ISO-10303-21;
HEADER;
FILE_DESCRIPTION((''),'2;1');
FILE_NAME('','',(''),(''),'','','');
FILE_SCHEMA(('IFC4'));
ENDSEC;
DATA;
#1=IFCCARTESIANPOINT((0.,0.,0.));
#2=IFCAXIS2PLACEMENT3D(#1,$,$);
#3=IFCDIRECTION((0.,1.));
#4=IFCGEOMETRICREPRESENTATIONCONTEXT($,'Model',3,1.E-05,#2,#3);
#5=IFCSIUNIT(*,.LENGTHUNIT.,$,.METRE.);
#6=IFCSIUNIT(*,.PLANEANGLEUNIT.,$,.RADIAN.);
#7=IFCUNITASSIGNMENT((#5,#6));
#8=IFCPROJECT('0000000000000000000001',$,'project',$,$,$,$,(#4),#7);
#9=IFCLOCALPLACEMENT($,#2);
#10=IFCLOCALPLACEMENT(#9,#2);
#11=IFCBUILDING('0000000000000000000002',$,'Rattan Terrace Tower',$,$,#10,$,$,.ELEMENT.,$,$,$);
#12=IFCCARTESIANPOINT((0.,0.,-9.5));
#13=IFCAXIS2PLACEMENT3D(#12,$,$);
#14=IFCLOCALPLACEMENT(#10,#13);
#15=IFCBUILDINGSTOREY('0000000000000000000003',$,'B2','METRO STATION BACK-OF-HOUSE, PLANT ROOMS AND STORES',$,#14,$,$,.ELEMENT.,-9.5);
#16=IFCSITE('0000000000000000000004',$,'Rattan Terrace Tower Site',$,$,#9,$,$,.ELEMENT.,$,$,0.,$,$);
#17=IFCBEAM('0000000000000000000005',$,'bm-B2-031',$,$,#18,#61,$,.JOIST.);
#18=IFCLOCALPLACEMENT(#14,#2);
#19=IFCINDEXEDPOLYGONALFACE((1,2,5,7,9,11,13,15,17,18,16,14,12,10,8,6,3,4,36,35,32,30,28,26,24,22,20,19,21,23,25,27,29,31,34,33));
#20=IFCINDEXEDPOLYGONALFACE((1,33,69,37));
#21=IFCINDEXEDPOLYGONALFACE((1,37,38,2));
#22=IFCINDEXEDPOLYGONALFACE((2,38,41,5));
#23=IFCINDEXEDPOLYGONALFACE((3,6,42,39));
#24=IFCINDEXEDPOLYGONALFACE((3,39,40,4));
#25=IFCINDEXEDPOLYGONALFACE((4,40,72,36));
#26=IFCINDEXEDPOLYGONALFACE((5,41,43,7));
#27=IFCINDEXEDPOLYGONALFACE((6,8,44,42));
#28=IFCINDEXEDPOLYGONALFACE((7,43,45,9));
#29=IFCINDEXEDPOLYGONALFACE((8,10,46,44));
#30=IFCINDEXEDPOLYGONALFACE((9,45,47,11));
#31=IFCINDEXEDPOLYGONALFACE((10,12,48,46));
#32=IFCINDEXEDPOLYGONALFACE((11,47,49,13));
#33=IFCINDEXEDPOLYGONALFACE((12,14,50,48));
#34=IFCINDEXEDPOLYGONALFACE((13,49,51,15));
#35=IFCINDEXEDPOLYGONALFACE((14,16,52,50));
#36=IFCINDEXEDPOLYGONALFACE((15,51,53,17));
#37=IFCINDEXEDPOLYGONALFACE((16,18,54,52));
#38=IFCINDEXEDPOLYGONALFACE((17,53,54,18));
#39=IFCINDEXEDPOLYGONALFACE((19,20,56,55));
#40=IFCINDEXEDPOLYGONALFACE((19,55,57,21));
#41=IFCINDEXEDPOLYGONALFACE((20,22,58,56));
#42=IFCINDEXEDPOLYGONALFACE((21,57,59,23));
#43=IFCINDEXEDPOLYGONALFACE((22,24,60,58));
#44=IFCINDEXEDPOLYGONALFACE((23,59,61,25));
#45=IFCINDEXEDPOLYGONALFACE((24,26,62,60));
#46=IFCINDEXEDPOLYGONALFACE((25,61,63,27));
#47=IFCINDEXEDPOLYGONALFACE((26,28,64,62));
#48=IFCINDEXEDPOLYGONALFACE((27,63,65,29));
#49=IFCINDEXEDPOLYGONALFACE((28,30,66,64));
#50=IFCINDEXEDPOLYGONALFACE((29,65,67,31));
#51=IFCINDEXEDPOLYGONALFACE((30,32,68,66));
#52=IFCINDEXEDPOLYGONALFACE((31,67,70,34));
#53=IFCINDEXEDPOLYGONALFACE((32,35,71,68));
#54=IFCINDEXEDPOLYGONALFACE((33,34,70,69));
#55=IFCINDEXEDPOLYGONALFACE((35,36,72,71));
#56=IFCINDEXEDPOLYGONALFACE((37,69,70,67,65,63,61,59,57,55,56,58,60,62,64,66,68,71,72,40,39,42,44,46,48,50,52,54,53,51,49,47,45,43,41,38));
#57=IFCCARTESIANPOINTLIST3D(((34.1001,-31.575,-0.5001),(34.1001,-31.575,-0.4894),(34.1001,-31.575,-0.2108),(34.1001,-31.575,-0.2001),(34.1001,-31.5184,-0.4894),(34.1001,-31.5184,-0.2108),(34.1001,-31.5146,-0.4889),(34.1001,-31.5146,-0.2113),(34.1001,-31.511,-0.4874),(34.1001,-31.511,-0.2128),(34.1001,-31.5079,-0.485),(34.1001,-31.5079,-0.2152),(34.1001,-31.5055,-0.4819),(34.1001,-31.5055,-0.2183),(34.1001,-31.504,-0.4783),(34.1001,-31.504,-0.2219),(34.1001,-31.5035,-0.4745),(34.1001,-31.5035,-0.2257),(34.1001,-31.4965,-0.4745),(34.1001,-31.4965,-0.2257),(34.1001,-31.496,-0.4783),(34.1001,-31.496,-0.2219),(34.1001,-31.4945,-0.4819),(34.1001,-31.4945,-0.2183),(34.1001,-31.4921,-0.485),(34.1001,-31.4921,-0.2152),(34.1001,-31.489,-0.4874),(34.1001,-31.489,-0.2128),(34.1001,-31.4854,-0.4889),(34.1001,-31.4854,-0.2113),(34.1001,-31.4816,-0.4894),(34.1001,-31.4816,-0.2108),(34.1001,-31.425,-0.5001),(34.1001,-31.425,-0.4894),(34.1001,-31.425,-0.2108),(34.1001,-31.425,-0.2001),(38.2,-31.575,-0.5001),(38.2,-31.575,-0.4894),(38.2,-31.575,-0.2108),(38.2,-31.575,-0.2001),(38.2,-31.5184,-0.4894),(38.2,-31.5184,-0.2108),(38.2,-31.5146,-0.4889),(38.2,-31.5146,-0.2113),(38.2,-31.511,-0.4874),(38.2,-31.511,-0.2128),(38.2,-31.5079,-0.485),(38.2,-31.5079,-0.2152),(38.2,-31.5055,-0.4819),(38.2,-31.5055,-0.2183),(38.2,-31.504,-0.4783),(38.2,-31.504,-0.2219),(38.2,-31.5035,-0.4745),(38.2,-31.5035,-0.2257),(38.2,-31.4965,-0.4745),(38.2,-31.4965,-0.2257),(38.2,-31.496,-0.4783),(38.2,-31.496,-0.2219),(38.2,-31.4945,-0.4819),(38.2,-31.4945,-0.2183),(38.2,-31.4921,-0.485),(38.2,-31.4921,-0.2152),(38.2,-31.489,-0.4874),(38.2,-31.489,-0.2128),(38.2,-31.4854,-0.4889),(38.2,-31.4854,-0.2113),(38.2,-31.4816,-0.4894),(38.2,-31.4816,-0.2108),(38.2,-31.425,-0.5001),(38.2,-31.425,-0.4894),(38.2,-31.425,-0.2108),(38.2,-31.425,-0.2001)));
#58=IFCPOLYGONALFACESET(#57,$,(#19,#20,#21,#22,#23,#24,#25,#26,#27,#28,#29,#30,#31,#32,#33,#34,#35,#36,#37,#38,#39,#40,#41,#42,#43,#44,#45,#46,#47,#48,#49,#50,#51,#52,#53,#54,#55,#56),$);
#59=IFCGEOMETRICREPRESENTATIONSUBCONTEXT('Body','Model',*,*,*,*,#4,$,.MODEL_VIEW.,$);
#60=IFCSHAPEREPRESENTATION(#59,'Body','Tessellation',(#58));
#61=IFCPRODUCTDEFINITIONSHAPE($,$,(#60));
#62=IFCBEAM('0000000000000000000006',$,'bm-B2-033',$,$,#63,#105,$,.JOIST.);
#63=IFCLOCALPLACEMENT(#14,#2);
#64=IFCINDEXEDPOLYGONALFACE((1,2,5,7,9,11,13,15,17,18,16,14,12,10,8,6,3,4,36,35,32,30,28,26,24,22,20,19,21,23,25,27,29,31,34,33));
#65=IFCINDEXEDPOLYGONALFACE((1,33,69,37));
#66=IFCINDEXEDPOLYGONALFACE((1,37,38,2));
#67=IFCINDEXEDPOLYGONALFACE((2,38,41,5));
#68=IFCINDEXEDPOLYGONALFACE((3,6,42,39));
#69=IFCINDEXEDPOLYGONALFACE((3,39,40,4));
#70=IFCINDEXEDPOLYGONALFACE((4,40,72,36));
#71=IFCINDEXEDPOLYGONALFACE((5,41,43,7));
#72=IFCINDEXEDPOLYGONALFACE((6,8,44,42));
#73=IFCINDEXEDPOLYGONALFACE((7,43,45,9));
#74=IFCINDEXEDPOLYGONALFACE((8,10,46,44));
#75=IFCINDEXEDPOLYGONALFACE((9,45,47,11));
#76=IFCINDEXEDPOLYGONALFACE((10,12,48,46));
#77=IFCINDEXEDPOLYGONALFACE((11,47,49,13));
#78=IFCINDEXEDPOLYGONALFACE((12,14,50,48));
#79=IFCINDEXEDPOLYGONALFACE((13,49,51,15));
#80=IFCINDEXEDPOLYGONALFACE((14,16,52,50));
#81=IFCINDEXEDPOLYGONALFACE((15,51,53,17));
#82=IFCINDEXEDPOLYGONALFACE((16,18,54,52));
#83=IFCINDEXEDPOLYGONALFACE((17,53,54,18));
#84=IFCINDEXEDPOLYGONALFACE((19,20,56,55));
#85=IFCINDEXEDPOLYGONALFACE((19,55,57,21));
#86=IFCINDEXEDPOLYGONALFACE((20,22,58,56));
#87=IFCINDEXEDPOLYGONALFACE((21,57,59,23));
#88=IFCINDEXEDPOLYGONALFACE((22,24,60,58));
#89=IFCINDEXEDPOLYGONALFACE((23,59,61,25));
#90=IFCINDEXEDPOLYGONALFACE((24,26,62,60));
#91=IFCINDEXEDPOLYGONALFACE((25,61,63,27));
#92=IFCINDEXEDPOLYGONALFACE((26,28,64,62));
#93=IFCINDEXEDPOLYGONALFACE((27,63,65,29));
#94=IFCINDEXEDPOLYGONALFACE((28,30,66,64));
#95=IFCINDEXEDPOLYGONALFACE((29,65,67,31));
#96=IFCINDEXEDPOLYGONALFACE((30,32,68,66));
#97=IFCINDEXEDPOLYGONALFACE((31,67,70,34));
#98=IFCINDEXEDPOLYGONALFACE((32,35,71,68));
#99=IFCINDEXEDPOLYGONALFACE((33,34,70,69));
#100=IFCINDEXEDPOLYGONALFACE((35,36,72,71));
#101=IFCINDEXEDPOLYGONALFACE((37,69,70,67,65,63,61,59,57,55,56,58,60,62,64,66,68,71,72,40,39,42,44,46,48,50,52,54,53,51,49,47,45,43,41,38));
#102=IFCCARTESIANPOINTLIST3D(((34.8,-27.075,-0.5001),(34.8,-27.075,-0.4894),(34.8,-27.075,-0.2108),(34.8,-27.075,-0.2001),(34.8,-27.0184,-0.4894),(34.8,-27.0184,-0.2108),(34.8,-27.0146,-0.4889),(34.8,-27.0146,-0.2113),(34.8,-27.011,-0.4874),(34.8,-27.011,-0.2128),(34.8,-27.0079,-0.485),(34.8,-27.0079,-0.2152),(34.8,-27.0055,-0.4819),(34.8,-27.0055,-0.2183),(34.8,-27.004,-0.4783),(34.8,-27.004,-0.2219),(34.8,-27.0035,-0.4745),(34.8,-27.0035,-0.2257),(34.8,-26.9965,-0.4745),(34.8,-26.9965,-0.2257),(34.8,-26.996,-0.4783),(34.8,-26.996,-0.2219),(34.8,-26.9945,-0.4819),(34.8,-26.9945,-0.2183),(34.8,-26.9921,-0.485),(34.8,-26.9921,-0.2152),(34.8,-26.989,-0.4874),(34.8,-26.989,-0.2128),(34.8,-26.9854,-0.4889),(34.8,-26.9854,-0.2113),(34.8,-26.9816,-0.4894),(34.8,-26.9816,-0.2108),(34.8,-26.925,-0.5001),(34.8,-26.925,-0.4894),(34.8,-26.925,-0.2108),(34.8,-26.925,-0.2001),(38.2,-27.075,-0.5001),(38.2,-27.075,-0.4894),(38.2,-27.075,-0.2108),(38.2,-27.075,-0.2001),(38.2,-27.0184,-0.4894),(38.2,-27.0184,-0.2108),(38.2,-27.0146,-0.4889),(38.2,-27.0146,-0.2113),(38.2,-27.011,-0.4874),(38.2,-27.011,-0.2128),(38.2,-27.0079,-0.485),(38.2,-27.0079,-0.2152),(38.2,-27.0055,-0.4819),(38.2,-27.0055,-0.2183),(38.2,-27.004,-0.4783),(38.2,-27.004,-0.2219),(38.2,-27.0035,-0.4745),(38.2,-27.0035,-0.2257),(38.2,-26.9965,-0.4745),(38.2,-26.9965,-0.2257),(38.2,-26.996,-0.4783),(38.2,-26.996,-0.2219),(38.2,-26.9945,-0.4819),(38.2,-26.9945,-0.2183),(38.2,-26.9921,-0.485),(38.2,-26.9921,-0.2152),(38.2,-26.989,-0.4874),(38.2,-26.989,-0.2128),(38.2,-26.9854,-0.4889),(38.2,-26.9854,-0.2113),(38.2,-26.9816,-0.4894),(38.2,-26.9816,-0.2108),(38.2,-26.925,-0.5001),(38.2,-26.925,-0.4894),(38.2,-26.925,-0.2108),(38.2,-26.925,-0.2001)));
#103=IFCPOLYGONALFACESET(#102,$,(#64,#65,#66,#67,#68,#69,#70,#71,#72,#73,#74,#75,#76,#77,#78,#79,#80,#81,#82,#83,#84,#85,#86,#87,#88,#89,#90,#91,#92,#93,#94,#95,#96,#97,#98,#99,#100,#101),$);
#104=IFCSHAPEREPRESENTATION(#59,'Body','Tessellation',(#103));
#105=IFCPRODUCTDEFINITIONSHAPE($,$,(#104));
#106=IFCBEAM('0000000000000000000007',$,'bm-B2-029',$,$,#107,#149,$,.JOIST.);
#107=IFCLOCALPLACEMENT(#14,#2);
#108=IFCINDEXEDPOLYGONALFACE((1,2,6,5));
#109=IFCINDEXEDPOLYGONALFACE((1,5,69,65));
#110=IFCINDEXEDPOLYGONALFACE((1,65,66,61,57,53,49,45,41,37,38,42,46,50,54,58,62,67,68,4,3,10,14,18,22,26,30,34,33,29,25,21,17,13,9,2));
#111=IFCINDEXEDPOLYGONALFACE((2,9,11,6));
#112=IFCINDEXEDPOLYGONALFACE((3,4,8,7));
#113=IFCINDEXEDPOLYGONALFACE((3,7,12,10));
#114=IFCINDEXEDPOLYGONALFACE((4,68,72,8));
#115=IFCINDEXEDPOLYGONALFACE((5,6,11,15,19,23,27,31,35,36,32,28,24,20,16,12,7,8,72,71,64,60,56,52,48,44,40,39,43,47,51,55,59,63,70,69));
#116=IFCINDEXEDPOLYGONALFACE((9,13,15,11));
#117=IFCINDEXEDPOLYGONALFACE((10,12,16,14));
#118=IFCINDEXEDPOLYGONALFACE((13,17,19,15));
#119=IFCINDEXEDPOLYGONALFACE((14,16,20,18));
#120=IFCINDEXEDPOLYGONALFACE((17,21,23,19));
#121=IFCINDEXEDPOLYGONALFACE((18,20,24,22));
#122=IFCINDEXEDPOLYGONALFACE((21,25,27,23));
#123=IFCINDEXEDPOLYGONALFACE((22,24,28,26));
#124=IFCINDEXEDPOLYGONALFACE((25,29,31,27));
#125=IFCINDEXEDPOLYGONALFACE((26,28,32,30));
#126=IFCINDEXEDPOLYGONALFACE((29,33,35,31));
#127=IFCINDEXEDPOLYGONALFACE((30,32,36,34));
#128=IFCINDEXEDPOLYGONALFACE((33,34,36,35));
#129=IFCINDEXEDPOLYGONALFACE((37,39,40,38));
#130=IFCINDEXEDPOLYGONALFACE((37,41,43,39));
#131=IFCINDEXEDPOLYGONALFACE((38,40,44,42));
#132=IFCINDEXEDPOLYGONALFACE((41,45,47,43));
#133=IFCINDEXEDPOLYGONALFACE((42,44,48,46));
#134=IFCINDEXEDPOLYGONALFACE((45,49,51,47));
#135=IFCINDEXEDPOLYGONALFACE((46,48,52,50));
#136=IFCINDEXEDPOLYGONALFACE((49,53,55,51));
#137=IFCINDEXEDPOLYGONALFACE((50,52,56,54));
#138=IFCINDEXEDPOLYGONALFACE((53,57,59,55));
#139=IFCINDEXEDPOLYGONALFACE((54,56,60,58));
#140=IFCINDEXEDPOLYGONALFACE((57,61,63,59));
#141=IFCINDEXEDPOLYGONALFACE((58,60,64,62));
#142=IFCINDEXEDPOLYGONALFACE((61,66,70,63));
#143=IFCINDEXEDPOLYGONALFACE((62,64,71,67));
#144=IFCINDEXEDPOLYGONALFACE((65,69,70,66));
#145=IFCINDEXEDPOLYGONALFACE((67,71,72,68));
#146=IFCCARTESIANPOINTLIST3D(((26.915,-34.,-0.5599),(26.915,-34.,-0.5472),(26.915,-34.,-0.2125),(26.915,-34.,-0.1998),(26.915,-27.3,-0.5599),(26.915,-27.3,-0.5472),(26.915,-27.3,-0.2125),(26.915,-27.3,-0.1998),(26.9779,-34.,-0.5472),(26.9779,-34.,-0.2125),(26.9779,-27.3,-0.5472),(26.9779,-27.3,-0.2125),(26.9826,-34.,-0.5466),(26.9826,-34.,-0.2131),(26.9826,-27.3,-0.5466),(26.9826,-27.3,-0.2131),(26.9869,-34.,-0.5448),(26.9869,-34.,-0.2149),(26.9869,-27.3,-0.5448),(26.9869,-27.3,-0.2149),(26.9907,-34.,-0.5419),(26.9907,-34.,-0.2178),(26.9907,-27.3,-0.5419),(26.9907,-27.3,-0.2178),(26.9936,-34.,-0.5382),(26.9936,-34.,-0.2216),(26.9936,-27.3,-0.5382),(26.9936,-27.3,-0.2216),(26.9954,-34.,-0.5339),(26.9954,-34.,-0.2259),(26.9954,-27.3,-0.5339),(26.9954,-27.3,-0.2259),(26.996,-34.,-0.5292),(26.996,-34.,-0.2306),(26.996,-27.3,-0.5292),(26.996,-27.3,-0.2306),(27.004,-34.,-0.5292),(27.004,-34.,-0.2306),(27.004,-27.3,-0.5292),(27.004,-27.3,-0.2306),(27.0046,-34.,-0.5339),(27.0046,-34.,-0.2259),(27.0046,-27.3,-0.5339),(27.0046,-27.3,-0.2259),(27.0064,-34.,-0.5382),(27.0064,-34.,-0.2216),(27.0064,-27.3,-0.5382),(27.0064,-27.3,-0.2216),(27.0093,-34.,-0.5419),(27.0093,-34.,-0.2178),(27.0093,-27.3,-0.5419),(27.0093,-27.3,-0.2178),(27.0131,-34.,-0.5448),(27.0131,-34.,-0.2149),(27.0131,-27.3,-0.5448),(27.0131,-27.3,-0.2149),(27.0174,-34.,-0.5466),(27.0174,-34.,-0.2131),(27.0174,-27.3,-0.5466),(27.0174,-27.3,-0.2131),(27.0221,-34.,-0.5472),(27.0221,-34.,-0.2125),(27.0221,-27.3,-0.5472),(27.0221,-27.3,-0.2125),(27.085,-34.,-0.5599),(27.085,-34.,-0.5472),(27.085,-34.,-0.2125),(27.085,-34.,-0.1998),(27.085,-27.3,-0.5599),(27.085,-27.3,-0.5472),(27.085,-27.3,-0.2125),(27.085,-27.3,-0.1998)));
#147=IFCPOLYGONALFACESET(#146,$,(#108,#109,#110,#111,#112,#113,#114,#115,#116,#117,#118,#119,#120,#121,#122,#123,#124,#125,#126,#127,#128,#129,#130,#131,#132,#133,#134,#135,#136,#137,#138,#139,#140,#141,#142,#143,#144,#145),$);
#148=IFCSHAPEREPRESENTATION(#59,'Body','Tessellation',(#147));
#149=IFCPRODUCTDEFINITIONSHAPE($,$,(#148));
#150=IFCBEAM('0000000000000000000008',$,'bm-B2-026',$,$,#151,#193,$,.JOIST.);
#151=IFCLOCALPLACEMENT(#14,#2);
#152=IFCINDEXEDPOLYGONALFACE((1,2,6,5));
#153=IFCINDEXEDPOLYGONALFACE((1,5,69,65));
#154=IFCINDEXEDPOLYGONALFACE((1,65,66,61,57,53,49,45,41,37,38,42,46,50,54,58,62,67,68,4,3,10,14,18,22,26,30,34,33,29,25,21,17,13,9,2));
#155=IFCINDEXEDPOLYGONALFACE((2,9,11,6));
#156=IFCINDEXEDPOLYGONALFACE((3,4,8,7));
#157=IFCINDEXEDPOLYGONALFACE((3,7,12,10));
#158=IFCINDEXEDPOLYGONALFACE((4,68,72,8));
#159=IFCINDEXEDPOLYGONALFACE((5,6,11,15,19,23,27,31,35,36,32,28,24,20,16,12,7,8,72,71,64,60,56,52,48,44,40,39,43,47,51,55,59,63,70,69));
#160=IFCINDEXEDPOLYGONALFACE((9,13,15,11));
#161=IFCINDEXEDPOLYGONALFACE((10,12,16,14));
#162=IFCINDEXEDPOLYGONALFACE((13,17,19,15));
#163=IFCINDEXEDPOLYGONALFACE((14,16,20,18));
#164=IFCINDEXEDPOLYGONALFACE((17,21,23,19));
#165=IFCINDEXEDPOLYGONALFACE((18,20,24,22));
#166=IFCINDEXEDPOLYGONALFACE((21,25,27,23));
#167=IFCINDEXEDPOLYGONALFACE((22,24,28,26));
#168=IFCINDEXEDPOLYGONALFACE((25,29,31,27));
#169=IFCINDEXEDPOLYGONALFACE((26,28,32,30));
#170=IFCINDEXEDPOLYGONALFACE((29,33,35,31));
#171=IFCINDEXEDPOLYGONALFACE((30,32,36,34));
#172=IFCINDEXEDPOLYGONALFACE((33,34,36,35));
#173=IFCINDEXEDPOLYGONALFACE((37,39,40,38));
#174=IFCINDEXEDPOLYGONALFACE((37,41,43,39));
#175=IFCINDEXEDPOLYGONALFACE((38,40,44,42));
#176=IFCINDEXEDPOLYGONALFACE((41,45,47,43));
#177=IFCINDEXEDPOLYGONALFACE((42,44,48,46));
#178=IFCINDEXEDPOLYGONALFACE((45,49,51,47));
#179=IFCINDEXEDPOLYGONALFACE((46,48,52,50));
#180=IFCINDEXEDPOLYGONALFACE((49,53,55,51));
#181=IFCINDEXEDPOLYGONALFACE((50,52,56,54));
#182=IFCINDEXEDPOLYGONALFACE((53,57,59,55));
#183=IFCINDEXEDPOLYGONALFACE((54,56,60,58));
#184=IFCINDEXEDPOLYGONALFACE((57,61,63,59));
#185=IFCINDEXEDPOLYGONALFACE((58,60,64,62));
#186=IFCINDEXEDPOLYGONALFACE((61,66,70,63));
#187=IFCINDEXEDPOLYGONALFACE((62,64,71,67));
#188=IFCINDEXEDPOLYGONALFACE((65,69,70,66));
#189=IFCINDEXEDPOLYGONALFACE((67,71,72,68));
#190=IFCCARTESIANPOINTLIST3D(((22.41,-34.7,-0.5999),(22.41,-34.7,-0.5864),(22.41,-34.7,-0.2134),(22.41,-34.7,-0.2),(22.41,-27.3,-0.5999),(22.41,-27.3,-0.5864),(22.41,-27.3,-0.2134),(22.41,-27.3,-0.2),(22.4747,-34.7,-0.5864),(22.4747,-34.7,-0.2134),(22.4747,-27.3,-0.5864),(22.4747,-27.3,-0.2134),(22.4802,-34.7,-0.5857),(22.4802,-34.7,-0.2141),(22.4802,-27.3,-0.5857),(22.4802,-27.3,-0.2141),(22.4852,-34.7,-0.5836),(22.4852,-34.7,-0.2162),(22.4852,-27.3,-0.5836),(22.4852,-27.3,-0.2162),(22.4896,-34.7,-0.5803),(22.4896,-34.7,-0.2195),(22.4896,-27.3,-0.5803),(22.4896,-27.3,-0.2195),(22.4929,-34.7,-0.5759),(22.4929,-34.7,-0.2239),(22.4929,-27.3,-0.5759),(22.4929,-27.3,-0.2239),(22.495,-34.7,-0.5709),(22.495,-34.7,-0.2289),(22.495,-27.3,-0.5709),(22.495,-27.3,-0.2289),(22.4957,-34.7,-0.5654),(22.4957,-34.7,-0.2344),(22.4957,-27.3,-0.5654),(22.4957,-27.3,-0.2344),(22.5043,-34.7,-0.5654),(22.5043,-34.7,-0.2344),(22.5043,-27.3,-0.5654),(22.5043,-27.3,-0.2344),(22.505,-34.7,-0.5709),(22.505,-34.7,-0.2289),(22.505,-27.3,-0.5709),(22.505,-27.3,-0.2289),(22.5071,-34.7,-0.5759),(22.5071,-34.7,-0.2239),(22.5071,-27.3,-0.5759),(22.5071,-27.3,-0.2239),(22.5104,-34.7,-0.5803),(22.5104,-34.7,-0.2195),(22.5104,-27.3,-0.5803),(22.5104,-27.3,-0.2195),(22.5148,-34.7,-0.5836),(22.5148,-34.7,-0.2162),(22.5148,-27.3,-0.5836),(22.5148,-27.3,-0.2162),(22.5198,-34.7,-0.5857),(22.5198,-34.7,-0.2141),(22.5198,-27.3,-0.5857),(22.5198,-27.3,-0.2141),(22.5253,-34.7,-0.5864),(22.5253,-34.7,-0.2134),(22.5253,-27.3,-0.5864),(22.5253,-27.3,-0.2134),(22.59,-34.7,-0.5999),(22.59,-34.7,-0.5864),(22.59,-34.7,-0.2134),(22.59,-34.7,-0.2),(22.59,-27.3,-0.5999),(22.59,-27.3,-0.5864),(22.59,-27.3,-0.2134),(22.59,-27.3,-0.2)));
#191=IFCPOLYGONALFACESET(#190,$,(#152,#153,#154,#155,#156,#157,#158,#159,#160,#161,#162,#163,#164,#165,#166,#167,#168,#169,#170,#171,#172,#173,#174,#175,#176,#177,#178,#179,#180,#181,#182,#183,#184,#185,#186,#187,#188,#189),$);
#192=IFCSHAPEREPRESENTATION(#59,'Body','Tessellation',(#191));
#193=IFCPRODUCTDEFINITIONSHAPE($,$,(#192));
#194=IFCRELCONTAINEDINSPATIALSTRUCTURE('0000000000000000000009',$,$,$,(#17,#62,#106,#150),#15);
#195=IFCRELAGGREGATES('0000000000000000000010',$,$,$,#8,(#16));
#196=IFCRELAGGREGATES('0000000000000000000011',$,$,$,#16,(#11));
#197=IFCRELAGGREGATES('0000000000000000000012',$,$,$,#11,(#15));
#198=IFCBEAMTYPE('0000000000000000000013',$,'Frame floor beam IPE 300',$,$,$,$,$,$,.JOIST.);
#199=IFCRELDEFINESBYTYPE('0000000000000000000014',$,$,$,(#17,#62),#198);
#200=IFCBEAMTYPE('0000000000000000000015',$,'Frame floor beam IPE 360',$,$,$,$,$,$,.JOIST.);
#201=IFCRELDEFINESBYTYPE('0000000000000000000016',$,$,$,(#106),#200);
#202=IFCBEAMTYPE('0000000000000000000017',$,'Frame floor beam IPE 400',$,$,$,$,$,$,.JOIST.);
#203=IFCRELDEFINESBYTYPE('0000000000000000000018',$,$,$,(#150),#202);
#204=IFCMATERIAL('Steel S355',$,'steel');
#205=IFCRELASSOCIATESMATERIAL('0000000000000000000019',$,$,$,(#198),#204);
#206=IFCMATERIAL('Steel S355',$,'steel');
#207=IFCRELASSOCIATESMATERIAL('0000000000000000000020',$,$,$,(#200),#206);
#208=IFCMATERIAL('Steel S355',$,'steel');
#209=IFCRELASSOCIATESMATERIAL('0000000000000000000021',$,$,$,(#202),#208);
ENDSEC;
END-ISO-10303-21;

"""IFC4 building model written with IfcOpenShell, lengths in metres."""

from ifc_helpers import new_model, si_unit, direction, frame, origin, origin_2d, place, context, subcontext, project, spatial, i_section, extrude, material, material_profile, profile_set, type_object, element, save


model = new_model("IFC4")

# Units and contexts
model_context = context("Model", 3, precision=1e-05, world=origin(), true_north=direction((0.0, 1.0)))
body_context = subcontext(model_context, "Body", "Model", "MODEL_VIEW")
ifc_project = project(units=[si_unit("LENGTHUNIT", "METRE"), si_unit("PLANEANGLEUNIT", "RADIAN")], contexts=[model_context])

# Site, building, storey
site_placement = place(None, origin())
site = spatial("IfcSite", under=ifc_project, at=site_placement, Name="Rattan Terrace Tower Site", CompositionType="ELEMENT", RefElevation=0.0)
building_placement = place(site_placement, origin())
building = spatial("IfcBuilding", under=site, at=building_placement, Name="Rattan Terrace Tower", CompositionType="ELEMENT")
storey_placement = place(building_placement, frame((0.0, 0.0, -9.5)))
storey = spatial("IfcBuildingStorey", under=building, at=storey_placement, Name="B2", Description="METRO STATION BACK-OF-HOUSE, PLANT ROOMS AND STORES", CompositionType="ELEMENT", Elevation=-9.5)

# Beams
ifc_material_1 = material(Name="Steel S355", Category="steel")
ifc_material_profile_1 = material_profile(ifc_material_1, i_section(OverallWidth=0.1499, OverallDepth=0.3, WebThickness=0.0071, FlangeThickness=0.0107, FilletRadius=0.0149, at=origin_2d()), Name="IPE 300")
ifc_profile_set_1 = profile_set([ifc_material_profile_1], Name="Steel S355")
beam_type_1 = type_object("IfcBeamType", Name="Frame floor beam IPE 300", PredefinedType="JOIST", material=ifc_profile_set_1)
beam_1_placement = place(storey_placement, frame((34.1001, -31.5, -0.3501), z_axis=(1.0, 0.0, 0.0), x_axis=(0.0, 1.0, 0.0)))
element("IfcBeam", 1, at=beam_1_placement, inside=storey, type_object=beam_type_1, Name="bm-B2-031", PredefinedType="JOIST", context=body_context, shape_type="SweptSolid", body=[
    extrude(i_section(OverallWidth=0.1499, OverallDepth=0.3, WebThickness=0.0071, FlangeThickness=0.0107, FilletRadius=0.0149, at=origin_2d()), origin(), (0.0, 0.0, 1.0), 4.0999),
])
beam_2_placement = place(storey_placement, frame((34.8, -27.0, -0.3501), z_axis=(1.0, 0.0, 0.0), x_axis=(0.0, 1.0, 0.0)))
element("IfcBeam", 2, at=beam_2_placement, inside=storey, type_object=beam_type_1, Name="bm-B2-033", PredefinedType="JOIST", context=body_context, shape_type="SweptSolid", body=[
    extrude(i_section(OverallWidth=0.1499, OverallDepth=0.3, WebThickness=0.0071, FlangeThickness=0.0107, FilletRadius=0.0149, at=origin_2d()), origin(), (0.0, 0.0, 1.0), 3.3999),
])
ifc_material_2 = material(Name="Steel S355", Category="steel")
ifc_material_profile_2 = material_profile(ifc_material_2, i_section(OverallWidth=0.1699, OverallDepth=0.3601, WebThickness=0.0081, FlangeThickness=0.0127, FilletRadius=0.0181, at=origin_2d()), Name="IPE 360")
ifc_profile_set_2 = profile_set([ifc_material_profile_2], Name="Steel S355")
beam_type_2 = type_object("IfcBeamType", Name="Frame floor beam IPE 360", PredefinedType="JOIST", material=ifc_profile_set_2)
beam_3_placement = place(storey_placement, frame((27.0, -34.0, -0.3799), z_axis=(0.0, 1.0, 0.0), x_axis=(-1.0, 0.0, 0.0)))
element("IfcBeam", 3, at=beam_3_placement, inside=storey, type_object=beam_type_2, Name="bm-B2-029", PredefinedType="JOIST", context=body_context, shape_type="SweptSolid", body=[
    extrude(i_section(OverallWidth=0.1699, OverallDepth=0.3601, WebThickness=0.0081, FlangeThickness=0.0127, FilletRadius=0.0181, at=origin_2d()), origin(), (0.0, 0.0, 1.0), 6.7),
])
ifc_material_3 = material(Name="Steel S355", Category="steel")
ifc_material_profile_3 = material_profile(ifc_material_3, i_section(OverallWidth=0.1799, OverallDepth=0.3999, WebThickness=0.0085, FlangeThickness=0.0134, FilletRadius=0.021, at=origin_2d()), Name="IPE 400")
ifc_profile_set_3 = profile_set([ifc_material_profile_3], Name="Steel S355")
beam_type_3 = type_object("IfcBeamType", Name="Frame floor beam IPE 400", PredefinedType="JOIST", material=ifc_profile_set_3)
for number, where, z_axis, x_axis, name in (
    (4, (22.5, -34.7, -0.3999), (0.0, 1.0, 0.0), (-1.0, 0.0, 0.0), "bm-B2-026"),
):
    element("IfcBeam", number, at=place(storey_placement, frame(where, z_axis=z_axis, x_axis=x_axis)), inside=storey, type_object=beam_type_3, Name=name, PredefinedType="JOIST", context=body_context, shape_type="SweptSolid", body=[
        extrude(i_section(OverallWidth=0.1799, OverallDepth=0.3999, WebThickness=0.0085, FlangeThickness=0.0134, FilletRadius=0.021, at=origin_2d()), origin(), (0.0, 0.0, 1.0), 7.3999),
    ])

save(model, "model.ifc")
